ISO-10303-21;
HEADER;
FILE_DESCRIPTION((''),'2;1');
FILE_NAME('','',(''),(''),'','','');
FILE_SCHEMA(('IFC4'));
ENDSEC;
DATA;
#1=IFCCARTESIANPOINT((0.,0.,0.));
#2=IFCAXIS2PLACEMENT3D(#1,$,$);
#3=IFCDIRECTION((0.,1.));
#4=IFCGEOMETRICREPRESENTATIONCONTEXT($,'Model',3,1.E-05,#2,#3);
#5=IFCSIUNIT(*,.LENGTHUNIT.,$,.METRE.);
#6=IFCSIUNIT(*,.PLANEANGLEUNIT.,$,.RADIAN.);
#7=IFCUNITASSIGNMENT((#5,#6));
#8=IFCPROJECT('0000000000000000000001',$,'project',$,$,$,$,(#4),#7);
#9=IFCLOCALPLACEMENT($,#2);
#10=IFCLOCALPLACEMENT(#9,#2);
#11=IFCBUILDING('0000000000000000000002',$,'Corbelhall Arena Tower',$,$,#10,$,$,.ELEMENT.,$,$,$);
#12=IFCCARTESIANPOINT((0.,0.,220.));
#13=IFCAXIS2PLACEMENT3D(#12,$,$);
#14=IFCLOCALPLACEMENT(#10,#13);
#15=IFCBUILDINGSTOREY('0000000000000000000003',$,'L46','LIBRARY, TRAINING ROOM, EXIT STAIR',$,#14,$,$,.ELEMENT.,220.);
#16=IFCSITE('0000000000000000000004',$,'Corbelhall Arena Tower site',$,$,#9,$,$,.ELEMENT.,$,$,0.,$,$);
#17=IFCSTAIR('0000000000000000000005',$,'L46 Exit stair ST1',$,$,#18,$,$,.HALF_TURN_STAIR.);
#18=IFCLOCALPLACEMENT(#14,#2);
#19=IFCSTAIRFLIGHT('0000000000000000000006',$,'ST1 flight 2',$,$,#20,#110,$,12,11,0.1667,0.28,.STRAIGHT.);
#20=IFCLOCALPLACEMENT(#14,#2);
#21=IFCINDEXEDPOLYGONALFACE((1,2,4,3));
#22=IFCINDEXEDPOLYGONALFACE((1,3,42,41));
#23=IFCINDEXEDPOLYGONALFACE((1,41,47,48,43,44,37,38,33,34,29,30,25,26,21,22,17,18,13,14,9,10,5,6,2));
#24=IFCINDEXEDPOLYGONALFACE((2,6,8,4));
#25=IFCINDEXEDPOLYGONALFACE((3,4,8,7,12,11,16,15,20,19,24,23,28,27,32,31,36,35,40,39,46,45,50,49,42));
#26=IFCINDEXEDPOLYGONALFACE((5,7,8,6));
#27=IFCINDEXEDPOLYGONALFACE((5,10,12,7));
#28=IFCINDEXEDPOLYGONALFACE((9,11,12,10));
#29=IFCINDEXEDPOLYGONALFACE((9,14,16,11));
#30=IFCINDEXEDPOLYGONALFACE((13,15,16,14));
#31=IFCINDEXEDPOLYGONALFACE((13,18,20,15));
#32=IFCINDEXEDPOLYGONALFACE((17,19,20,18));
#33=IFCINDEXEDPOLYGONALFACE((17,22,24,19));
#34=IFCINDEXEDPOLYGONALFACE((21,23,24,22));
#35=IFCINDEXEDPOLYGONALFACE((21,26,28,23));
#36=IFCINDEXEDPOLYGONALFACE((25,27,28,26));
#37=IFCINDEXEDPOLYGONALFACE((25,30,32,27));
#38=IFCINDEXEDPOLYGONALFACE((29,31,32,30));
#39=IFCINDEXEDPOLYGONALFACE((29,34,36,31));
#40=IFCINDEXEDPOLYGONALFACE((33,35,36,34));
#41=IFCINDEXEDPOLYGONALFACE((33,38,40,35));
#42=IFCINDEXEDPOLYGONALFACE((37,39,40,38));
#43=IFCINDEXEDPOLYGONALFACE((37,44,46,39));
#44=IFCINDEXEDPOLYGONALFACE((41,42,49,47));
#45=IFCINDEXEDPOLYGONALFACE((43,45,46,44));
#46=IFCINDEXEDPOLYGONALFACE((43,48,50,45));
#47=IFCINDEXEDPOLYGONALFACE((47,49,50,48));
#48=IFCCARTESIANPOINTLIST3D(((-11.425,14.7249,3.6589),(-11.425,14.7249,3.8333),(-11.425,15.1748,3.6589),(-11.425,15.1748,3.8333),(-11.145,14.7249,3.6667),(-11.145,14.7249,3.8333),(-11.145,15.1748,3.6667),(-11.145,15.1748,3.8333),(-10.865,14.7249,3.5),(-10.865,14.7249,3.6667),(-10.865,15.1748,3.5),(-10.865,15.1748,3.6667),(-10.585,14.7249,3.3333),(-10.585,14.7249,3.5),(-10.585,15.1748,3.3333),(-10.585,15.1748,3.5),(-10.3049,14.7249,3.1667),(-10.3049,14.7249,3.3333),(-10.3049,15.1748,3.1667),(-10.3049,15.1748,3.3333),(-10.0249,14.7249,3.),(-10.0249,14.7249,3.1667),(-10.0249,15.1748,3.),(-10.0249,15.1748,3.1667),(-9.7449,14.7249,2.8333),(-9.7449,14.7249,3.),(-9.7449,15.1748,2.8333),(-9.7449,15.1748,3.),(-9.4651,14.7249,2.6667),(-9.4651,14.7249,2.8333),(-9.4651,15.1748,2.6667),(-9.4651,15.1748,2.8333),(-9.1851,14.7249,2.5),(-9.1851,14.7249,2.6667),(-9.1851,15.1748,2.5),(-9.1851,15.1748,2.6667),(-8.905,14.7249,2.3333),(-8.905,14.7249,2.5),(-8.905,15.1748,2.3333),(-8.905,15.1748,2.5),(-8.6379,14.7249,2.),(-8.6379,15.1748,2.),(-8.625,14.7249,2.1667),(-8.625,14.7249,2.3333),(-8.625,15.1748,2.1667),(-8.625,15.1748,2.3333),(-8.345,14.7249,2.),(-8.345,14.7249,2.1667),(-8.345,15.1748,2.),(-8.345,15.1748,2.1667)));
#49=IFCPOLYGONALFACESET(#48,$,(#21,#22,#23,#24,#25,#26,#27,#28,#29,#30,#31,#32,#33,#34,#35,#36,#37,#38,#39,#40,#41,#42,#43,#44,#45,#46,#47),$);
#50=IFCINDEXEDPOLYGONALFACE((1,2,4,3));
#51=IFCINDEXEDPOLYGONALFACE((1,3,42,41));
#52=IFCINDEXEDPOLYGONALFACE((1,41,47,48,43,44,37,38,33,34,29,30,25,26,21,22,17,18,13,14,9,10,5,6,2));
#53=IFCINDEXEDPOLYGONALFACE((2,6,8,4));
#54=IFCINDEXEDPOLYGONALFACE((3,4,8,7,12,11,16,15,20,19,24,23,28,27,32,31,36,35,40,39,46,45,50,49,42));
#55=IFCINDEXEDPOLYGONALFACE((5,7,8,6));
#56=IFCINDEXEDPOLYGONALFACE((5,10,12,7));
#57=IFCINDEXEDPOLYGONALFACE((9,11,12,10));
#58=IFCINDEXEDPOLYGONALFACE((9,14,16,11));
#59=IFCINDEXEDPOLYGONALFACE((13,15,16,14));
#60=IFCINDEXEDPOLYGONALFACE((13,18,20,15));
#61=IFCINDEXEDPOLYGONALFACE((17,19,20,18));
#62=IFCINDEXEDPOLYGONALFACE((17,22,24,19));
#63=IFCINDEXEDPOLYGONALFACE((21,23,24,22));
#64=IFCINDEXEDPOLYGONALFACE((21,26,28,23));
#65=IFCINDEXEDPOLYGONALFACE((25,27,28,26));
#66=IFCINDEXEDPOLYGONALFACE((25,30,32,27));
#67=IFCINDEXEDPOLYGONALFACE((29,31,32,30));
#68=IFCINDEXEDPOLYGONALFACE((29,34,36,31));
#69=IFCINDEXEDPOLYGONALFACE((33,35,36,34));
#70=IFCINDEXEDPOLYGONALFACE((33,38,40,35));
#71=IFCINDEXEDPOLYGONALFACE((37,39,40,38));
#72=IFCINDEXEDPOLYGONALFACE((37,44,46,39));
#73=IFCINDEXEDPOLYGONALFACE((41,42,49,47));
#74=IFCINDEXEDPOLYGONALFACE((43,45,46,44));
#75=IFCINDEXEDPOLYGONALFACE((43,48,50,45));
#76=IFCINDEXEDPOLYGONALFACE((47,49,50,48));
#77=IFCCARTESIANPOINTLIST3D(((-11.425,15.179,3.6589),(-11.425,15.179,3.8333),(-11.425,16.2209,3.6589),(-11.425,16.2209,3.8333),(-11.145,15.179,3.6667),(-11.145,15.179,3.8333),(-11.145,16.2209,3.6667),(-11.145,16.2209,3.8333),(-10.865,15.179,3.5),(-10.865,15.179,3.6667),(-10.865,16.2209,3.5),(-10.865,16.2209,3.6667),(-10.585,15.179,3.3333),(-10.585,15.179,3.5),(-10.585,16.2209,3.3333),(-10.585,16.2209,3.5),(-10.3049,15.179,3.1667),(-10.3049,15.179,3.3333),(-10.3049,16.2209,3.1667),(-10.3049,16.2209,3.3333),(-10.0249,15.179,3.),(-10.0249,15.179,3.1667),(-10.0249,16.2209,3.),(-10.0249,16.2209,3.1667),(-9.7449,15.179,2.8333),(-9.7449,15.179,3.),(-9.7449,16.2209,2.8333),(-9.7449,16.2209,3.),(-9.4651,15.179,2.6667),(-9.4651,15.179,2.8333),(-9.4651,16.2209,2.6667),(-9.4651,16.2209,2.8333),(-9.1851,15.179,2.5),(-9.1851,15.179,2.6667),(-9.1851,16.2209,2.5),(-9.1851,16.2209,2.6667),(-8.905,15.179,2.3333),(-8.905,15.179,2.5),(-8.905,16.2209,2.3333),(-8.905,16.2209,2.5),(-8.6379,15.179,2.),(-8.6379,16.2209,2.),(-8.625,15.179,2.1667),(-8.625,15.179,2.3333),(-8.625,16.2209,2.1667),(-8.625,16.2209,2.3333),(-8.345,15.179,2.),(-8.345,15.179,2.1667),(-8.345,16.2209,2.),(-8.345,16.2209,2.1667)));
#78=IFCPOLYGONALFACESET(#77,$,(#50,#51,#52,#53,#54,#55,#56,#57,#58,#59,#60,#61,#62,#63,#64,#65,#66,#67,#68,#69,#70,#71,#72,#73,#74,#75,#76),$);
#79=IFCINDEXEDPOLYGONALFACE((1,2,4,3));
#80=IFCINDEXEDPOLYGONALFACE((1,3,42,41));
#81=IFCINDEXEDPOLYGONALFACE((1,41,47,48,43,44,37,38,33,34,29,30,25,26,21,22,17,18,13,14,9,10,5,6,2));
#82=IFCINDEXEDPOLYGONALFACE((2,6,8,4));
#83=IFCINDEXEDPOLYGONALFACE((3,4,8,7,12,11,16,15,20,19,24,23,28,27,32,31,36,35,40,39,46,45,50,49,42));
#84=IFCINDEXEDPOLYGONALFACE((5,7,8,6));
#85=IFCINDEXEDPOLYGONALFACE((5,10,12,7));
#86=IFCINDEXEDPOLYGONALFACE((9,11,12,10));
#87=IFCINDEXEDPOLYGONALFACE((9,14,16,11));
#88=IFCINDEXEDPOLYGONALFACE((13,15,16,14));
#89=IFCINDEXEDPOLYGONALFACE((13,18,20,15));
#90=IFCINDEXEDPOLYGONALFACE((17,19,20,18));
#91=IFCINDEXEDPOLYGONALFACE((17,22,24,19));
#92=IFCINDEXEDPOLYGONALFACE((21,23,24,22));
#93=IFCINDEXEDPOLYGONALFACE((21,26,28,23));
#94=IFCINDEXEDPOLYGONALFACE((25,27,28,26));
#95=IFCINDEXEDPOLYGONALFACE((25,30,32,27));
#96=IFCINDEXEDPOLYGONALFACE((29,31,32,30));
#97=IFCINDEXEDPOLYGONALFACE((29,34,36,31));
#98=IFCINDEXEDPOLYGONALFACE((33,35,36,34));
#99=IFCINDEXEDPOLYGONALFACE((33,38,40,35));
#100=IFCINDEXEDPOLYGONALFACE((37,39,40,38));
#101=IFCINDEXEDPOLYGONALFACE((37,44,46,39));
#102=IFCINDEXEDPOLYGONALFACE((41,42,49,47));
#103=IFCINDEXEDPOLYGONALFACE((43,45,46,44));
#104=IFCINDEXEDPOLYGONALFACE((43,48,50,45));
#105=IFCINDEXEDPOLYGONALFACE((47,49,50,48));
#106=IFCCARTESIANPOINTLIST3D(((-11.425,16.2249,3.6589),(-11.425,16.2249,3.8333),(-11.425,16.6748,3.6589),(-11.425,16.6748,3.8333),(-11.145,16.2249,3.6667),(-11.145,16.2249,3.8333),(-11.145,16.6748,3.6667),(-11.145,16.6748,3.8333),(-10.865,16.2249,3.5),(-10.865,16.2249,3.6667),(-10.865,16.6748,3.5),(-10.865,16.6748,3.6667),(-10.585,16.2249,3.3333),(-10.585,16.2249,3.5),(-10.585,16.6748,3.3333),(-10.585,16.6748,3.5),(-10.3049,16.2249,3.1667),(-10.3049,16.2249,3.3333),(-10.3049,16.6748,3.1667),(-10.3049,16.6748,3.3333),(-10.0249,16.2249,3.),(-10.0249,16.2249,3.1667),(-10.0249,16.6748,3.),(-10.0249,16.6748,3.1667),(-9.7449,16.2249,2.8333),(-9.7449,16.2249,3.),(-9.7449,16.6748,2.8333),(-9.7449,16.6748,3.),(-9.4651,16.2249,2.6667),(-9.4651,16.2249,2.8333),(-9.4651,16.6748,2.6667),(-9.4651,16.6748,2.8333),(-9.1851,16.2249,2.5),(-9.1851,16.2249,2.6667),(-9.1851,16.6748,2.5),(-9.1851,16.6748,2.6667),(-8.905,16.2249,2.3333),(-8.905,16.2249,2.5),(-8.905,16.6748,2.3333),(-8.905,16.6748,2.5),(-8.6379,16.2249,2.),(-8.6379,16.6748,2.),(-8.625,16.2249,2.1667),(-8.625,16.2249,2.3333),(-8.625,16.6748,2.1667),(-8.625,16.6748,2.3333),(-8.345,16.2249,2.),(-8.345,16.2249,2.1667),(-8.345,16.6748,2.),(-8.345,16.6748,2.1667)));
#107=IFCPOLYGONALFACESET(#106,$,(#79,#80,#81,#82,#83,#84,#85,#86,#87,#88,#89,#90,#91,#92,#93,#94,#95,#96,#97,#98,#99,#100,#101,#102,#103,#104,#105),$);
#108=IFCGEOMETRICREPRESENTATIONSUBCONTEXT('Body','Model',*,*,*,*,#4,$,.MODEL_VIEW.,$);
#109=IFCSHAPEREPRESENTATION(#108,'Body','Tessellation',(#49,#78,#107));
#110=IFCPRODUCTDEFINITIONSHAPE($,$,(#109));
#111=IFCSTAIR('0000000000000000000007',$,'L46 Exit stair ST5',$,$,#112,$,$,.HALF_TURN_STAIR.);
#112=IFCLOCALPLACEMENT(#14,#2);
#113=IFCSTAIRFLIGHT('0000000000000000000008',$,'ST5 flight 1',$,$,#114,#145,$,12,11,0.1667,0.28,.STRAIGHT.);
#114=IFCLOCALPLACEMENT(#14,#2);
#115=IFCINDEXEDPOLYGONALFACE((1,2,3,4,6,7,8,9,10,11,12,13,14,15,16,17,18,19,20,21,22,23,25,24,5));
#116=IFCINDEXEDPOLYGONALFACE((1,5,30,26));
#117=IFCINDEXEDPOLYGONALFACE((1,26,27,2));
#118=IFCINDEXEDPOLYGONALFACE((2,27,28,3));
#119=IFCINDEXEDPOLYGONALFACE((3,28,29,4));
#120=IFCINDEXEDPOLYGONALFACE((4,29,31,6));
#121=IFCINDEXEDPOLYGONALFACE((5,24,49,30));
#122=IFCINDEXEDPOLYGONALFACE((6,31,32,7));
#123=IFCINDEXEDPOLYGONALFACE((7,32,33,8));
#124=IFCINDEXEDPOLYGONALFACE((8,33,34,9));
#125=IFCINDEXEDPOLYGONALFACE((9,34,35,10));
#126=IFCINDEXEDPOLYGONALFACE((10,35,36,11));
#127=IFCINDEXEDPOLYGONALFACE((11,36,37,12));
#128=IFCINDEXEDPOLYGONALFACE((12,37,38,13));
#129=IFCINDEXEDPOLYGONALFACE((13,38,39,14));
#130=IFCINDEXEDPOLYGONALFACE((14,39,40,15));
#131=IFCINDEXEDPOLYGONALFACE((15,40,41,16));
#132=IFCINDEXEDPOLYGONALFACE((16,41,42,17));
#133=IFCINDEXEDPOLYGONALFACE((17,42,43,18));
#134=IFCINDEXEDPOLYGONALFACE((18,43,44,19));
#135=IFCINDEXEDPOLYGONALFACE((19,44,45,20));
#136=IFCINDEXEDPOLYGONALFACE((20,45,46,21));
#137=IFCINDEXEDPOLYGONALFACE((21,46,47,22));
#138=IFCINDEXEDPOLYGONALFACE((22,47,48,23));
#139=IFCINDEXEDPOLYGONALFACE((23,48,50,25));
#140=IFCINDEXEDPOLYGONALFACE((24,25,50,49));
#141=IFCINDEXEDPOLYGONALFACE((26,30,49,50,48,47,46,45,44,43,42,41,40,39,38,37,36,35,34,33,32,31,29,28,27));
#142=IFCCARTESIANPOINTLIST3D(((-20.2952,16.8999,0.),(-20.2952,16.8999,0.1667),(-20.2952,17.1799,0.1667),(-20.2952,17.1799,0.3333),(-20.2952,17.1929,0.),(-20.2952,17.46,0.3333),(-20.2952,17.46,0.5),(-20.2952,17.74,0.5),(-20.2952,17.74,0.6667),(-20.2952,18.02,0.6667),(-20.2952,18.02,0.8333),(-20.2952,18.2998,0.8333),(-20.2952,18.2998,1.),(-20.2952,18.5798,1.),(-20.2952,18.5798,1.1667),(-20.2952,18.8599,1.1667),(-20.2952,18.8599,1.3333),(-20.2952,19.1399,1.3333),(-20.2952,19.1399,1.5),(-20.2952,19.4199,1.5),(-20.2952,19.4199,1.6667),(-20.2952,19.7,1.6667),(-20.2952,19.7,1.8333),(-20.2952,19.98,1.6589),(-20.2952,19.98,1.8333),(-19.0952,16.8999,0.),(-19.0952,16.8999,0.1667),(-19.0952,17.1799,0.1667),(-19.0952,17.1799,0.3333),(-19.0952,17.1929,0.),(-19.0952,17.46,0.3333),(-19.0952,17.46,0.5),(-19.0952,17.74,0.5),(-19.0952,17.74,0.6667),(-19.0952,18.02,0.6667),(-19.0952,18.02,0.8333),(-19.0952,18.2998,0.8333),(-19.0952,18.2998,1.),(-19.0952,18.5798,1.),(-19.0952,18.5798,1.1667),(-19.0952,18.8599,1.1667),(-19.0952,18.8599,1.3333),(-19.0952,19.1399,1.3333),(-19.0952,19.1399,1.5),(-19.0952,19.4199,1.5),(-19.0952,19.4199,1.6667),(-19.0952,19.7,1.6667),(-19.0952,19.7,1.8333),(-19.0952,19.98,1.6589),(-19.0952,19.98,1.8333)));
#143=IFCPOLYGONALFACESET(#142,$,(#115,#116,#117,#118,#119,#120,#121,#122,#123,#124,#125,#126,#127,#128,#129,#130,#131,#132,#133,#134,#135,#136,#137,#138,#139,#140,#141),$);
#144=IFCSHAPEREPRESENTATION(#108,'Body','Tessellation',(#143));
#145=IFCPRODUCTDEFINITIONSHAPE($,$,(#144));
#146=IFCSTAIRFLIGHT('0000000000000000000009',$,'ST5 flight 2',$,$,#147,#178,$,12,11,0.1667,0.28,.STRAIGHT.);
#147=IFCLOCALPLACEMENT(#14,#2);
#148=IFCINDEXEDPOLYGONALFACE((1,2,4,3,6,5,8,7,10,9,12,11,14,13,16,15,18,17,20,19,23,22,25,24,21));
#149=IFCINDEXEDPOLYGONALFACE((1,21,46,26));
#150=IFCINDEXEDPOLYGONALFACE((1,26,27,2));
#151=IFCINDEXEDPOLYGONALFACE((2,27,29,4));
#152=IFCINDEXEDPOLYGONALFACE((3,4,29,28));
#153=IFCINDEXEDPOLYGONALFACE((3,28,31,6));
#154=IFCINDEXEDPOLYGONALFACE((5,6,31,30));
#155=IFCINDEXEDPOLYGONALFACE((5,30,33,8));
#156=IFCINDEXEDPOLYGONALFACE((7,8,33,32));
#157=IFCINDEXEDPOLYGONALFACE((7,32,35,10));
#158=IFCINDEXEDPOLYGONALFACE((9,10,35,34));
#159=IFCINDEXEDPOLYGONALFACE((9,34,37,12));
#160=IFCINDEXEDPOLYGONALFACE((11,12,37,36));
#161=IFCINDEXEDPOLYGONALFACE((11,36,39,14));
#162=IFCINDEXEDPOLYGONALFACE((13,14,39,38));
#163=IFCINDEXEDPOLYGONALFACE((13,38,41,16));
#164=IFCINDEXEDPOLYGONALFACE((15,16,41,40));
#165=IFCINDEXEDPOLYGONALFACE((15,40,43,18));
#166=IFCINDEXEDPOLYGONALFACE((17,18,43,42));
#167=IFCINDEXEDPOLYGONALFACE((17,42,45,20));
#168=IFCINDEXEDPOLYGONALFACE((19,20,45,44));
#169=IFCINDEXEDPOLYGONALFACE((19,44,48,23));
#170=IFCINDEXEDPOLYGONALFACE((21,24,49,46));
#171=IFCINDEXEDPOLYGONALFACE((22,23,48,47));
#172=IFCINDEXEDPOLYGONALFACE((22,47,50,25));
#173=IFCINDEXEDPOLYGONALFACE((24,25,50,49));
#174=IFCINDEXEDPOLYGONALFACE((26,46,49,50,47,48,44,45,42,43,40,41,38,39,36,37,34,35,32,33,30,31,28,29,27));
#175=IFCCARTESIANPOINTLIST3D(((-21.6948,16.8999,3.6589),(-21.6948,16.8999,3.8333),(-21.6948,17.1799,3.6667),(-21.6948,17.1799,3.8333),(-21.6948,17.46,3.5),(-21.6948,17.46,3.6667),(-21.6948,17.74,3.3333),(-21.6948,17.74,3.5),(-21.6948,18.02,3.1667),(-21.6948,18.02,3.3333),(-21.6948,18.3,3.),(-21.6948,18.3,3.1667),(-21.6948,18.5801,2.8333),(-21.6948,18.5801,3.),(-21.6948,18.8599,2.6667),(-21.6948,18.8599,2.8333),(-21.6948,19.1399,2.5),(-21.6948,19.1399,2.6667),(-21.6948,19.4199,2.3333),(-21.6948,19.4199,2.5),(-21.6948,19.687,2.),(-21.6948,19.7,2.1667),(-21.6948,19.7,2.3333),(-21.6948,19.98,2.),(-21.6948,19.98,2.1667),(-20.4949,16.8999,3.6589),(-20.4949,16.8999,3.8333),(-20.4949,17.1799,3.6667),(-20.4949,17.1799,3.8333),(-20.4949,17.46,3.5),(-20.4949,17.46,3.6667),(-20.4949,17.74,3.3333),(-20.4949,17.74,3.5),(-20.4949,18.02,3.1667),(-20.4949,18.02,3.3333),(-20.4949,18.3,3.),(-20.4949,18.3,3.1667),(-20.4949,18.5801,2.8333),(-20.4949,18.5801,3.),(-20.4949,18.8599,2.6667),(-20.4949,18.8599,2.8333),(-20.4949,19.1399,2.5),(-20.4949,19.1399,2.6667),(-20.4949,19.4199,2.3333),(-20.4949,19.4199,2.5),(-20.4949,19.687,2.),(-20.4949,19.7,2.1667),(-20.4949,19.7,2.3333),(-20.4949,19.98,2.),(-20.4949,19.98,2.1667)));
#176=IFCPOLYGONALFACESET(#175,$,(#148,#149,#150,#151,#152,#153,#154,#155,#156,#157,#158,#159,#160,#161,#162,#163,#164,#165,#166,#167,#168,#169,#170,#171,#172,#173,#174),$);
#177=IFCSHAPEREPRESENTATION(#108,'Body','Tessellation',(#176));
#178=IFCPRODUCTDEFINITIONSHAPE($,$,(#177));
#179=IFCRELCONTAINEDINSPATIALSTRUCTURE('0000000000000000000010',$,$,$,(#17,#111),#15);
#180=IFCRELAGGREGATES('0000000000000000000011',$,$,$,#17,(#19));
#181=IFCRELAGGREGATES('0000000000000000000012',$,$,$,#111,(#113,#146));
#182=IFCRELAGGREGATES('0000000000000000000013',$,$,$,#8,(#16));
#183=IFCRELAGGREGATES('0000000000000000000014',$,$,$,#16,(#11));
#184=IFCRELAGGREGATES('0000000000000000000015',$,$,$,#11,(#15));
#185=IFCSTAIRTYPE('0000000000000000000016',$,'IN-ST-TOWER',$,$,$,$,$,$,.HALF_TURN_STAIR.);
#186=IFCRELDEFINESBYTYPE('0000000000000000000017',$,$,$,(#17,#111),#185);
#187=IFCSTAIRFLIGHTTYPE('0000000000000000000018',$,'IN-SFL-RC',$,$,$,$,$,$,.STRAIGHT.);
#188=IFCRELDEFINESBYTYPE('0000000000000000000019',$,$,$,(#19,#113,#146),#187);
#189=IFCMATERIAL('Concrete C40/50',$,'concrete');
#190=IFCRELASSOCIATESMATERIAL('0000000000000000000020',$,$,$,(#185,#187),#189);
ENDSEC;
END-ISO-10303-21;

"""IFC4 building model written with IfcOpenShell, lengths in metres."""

from ifc_helpers import new_model, si_unit, direction, frame, origin, place, context, subcontext, project, spatial, polyline, outline, extrude, material, type_object, element, aggregate, save


model = new_model("IFC4")

# Units and contexts
model_context = context("Model", 3, precision=1e-05, world=origin(), true_north=direction((0.0, 1.0)))
body_context = subcontext(model_context, "Body", "Model", "MODEL_VIEW")
ifc_project = project(units=[si_unit("LENGTHUNIT", "METRE"), si_unit("PLANEANGLEUNIT", "RADIAN")], contexts=[model_context])

# Site, building, storey
site_placement = place(None, origin())
site = spatial("IfcSite", under=ifc_project, at=site_placement, Name="Corbelhall Arena Tower site", CompositionType="ELEMENT", RefElevation=0.0)
building_placement = place(site_placement, origin())
building = spatial("IfcBuilding", under=site, at=building_placement, Name="Corbelhall Arena Tower", CompositionType="ELEMENT")
storey_placement = place(building_placement, frame((0.0, 0.0, 220.0)))
storey = spatial("IfcBuildingStorey", under=building, at=storey_placement, Name="L46", Description="LIBRARY, TRAINING ROOM, EXIT STAIR", CompositionType="ELEMENT", Elevation=220.0)

# Shared definitions
ifc_material_1 = material(Name="Concrete C40/50", Category="concrete")

# Stair, stair flight
stair_type = type_object("IfcStairType", Name="IN-ST-TOWER", PredefinedType="HALF_TURN_STAIR", material=ifc_material_1)
stair_1_placement = place(storey_placement, origin())
stair_1 = element("IfcStair", 1, at=stair_1_placement, inside=storey, type_object=stair_type, Name="L46 Exit stair ST1", PredefinedType="HALF_TURN_STAIR")
stair_flight_type = type_object("IfcStairFlightType", Name="IN-SFL-RC", PredefinedType="STRAIGHT", material=ifc_material_1)
stair_flight_1_placement = place(storey_placement, frame((-8.345, 15.7, 2.0), z_axis=(0.0, 0.0, 1.0), x_axis=(-1.0, 0.0, 0.0)))
stair_flight_1 = element("IfcStairFlight", 2, at=stair_flight_1_placement, type_object=stair_flight_type, Name="ST1 flight 2", NumberOfRisers=12, NumberOfTreads=11, PredefinedType="STRAIGHT", RiserHeight=0.1667, TreadLength=0.28, context=body_context, shape_type="SweptSolid", body=[
    extrude(outline(polyline([(0.0, 0.0), (0.0, 0.1667), (0.28, 0.1667), (0.28, 0.3333), (0.5601, 0.3333), (0.5601, 0.5), (0.8401, 0.5), (0.8401, 0.6667), (1.1201, 0.6667), (1.1201, 0.8333), (1.3999, 0.8333), (1.3999, 1.0), (1.6799, 1.0), (1.6799, 1.1667), (1.96, 1.1667), (1.96, 1.3333), (2.24, 1.3333), (2.24, 1.5), (2.52, 1.5), (2.52, 1.6667), (2.8, 1.6667), (2.8, 1.8333), (3.0801, 1.8333), (3.0801, 2.0), (3.0801, 1.6589), (0.293, 0.0), (0.0, 0.0)])), frame((0.0, 0.9751, 0.0), z_axis=(0.0, -1.0, 0.0), x_axis=(1.0, 0.0, 0.0)), (0.0, 0.0, 1.0), 0.45),
    extrude(outline(polyline([(0.0, 0.0), (0.0, 0.1667), (0.28, 0.1667), (0.28, 0.3333), (0.5601, 0.3333), (0.5601, 0.5), (0.8401, 0.5), (0.8401, 0.6667), (1.1201, 0.6667), (1.1201, 0.8333), (1.3999, 0.8333), (1.3999, 1.0), (1.6799, 1.0), (1.6799, 1.1667), (1.96, 1.1667), (1.96, 1.3333), (2.24, 1.3333), (2.24, 1.5), (2.52, 1.5), (2.52, 1.6667), (2.8, 1.6667), (2.8, 1.8333), (3.0801, 1.8333), (3.0801, 2.0), (3.0801, 1.6589), (0.293, 0.0), (0.0, 0.0)])), frame((0.0, 0.521, 0.0), z_axis=(0.0, -1.0, 0.0), x_axis=(1.0, 0.0, 0.0)), (0.0, 0.0, 1.0), 1.042),
    extrude(outline(polyline([(0.0, 0.0), (0.0, 0.1667), (0.28, 0.1667), (0.28, 0.3333), (0.5601, 0.3333), (0.5601, 0.5), (0.8401, 0.5), (0.8401, 0.6667), (1.1201, 0.6667), (1.1201, 0.8333), (1.3999, 0.8333), (1.3999, 1.0), (1.6799, 1.0), (1.6799, 1.1667), (1.96, 1.1667), (1.96, 1.3333), (2.24, 1.3333), (2.24, 1.5), (2.52, 1.5), (2.52, 1.6667), (2.8, 1.6667), (2.8, 1.8333), (3.0801, 1.8333), (3.0801, 2.0), (3.0801, 1.6589), (0.293, 0.0), (0.0, 0.0)])), frame((0.0, -0.5249, 0.0), z_axis=(0.0, -1.0, 0.0), x_axis=(1.0, 0.0, 0.0)), (0.0, 0.0, 1.0), 0.45),
])
aggregate(stair_1, [stair_flight_1])

# Stair, stair flights
stair_2_placement = place(storey_placement, origin())
stair_2 = element("IfcStair", 3, at=stair_2_placement, inside=storey, type_object=stair_type, Name="L46 Exit stair ST5", PredefinedType="HALF_TURN_STAIR")
stair_flight_2_placement = place(storey_placement, frame((-19.6951, 16.8999, 0.0), z_axis=(0.0, 0.0, 1.0), x_axis=(0.0, 1.0, 0.0)))
stair_flight_2 = element("IfcStairFlight", 4, at=stair_flight_2_placement, type_object=stair_flight_type, Name="ST5 flight 1", NumberOfRisers=12, NumberOfTreads=11, PredefinedType="STRAIGHT", RiserHeight=0.1667, TreadLength=0.28, context=body_context, shape_type="SweptSolid", body=[
    extrude(outline(polyline([(0.0, 0.0), (0.0, 0.1667), (0.28, 0.1667), (0.28, 0.3333), (0.5601, 0.3333), (0.5601, 0.5), (0.8401, 0.5), (0.8401, 0.6667), (1.1201, 0.6667), (1.1201, 0.8333), (1.3999, 0.8333), (1.3999, 1.0), (1.6799, 1.0), (1.6799, 1.1667), (1.96, 1.1667), (1.96, 1.3333), (2.24, 1.3333), (2.24, 1.5), (2.52, 1.5), (2.52, 1.6667), (2.8, 1.6667), (2.8, 1.8333), (3.0801, 1.8333), (3.0801, 2.0), (3.0801, 1.6589), (0.293, 0.0), (0.0, 0.0)])), frame((0.0, 0.6001, 0.0), z_axis=(0.0, -1.0, 0.0), x_axis=(1.0, 0.0, 0.0)), (0.0, 0.0, 1.0), 1.2),
])
stair_flight_3_placement = place(storey_placement, frame((-21.095, 19.98, 2.0), z_axis=(0.0, 0.0, 1.0), x_axis=(0.0, -1.0, 0.0)))
stair_flight_3 = element("IfcStairFlight", 5, at=stair_flight_3_placement, type_object=stair_flight_type, Name="ST5 flight 2", NumberOfRisers=12, NumberOfTreads=11, PredefinedType="STRAIGHT", RiserHeight=0.1667, TreadLength=0.28, context=body_context, shape_type="SweptSolid", body=[
    extrude(outline(polyline([(0.0, 0.0), (0.0, 0.1667), (0.28, 0.1667), (0.28, 0.3333), (0.5601, 0.3333), (0.5601, 0.5), (0.8401, 0.5), (0.8401, 0.6667), (1.1201, 0.6667), (1.1201, 0.8333), (1.3999, 0.8333), (1.3999, 1.0), (1.6799, 1.0), (1.6799, 1.1667), (1.96, 1.1667), (1.96, 1.3333), (2.24, 1.3333), (2.24, 1.5), (2.52, 1.5), (2.52, 1.6667), (2.8, 1.6667), (2.8, 1.8333), (3.0801, 1.8333), (3.0801, 2.0), (3.0801, 1.6589), (0.293, 0.0), (0.0, 0.0)])), frame((0.0, 0.6001, 0.0), z_axis=(0.0, -1.0, 0.0), x_axis=(1.0, 0.0, 0.0)), (0.0, 0.0, 1.0), 1.2),
])
aggregate(stair_2, [stair_flight_2, stair_flight_3])

save(model, "model.ifc")
